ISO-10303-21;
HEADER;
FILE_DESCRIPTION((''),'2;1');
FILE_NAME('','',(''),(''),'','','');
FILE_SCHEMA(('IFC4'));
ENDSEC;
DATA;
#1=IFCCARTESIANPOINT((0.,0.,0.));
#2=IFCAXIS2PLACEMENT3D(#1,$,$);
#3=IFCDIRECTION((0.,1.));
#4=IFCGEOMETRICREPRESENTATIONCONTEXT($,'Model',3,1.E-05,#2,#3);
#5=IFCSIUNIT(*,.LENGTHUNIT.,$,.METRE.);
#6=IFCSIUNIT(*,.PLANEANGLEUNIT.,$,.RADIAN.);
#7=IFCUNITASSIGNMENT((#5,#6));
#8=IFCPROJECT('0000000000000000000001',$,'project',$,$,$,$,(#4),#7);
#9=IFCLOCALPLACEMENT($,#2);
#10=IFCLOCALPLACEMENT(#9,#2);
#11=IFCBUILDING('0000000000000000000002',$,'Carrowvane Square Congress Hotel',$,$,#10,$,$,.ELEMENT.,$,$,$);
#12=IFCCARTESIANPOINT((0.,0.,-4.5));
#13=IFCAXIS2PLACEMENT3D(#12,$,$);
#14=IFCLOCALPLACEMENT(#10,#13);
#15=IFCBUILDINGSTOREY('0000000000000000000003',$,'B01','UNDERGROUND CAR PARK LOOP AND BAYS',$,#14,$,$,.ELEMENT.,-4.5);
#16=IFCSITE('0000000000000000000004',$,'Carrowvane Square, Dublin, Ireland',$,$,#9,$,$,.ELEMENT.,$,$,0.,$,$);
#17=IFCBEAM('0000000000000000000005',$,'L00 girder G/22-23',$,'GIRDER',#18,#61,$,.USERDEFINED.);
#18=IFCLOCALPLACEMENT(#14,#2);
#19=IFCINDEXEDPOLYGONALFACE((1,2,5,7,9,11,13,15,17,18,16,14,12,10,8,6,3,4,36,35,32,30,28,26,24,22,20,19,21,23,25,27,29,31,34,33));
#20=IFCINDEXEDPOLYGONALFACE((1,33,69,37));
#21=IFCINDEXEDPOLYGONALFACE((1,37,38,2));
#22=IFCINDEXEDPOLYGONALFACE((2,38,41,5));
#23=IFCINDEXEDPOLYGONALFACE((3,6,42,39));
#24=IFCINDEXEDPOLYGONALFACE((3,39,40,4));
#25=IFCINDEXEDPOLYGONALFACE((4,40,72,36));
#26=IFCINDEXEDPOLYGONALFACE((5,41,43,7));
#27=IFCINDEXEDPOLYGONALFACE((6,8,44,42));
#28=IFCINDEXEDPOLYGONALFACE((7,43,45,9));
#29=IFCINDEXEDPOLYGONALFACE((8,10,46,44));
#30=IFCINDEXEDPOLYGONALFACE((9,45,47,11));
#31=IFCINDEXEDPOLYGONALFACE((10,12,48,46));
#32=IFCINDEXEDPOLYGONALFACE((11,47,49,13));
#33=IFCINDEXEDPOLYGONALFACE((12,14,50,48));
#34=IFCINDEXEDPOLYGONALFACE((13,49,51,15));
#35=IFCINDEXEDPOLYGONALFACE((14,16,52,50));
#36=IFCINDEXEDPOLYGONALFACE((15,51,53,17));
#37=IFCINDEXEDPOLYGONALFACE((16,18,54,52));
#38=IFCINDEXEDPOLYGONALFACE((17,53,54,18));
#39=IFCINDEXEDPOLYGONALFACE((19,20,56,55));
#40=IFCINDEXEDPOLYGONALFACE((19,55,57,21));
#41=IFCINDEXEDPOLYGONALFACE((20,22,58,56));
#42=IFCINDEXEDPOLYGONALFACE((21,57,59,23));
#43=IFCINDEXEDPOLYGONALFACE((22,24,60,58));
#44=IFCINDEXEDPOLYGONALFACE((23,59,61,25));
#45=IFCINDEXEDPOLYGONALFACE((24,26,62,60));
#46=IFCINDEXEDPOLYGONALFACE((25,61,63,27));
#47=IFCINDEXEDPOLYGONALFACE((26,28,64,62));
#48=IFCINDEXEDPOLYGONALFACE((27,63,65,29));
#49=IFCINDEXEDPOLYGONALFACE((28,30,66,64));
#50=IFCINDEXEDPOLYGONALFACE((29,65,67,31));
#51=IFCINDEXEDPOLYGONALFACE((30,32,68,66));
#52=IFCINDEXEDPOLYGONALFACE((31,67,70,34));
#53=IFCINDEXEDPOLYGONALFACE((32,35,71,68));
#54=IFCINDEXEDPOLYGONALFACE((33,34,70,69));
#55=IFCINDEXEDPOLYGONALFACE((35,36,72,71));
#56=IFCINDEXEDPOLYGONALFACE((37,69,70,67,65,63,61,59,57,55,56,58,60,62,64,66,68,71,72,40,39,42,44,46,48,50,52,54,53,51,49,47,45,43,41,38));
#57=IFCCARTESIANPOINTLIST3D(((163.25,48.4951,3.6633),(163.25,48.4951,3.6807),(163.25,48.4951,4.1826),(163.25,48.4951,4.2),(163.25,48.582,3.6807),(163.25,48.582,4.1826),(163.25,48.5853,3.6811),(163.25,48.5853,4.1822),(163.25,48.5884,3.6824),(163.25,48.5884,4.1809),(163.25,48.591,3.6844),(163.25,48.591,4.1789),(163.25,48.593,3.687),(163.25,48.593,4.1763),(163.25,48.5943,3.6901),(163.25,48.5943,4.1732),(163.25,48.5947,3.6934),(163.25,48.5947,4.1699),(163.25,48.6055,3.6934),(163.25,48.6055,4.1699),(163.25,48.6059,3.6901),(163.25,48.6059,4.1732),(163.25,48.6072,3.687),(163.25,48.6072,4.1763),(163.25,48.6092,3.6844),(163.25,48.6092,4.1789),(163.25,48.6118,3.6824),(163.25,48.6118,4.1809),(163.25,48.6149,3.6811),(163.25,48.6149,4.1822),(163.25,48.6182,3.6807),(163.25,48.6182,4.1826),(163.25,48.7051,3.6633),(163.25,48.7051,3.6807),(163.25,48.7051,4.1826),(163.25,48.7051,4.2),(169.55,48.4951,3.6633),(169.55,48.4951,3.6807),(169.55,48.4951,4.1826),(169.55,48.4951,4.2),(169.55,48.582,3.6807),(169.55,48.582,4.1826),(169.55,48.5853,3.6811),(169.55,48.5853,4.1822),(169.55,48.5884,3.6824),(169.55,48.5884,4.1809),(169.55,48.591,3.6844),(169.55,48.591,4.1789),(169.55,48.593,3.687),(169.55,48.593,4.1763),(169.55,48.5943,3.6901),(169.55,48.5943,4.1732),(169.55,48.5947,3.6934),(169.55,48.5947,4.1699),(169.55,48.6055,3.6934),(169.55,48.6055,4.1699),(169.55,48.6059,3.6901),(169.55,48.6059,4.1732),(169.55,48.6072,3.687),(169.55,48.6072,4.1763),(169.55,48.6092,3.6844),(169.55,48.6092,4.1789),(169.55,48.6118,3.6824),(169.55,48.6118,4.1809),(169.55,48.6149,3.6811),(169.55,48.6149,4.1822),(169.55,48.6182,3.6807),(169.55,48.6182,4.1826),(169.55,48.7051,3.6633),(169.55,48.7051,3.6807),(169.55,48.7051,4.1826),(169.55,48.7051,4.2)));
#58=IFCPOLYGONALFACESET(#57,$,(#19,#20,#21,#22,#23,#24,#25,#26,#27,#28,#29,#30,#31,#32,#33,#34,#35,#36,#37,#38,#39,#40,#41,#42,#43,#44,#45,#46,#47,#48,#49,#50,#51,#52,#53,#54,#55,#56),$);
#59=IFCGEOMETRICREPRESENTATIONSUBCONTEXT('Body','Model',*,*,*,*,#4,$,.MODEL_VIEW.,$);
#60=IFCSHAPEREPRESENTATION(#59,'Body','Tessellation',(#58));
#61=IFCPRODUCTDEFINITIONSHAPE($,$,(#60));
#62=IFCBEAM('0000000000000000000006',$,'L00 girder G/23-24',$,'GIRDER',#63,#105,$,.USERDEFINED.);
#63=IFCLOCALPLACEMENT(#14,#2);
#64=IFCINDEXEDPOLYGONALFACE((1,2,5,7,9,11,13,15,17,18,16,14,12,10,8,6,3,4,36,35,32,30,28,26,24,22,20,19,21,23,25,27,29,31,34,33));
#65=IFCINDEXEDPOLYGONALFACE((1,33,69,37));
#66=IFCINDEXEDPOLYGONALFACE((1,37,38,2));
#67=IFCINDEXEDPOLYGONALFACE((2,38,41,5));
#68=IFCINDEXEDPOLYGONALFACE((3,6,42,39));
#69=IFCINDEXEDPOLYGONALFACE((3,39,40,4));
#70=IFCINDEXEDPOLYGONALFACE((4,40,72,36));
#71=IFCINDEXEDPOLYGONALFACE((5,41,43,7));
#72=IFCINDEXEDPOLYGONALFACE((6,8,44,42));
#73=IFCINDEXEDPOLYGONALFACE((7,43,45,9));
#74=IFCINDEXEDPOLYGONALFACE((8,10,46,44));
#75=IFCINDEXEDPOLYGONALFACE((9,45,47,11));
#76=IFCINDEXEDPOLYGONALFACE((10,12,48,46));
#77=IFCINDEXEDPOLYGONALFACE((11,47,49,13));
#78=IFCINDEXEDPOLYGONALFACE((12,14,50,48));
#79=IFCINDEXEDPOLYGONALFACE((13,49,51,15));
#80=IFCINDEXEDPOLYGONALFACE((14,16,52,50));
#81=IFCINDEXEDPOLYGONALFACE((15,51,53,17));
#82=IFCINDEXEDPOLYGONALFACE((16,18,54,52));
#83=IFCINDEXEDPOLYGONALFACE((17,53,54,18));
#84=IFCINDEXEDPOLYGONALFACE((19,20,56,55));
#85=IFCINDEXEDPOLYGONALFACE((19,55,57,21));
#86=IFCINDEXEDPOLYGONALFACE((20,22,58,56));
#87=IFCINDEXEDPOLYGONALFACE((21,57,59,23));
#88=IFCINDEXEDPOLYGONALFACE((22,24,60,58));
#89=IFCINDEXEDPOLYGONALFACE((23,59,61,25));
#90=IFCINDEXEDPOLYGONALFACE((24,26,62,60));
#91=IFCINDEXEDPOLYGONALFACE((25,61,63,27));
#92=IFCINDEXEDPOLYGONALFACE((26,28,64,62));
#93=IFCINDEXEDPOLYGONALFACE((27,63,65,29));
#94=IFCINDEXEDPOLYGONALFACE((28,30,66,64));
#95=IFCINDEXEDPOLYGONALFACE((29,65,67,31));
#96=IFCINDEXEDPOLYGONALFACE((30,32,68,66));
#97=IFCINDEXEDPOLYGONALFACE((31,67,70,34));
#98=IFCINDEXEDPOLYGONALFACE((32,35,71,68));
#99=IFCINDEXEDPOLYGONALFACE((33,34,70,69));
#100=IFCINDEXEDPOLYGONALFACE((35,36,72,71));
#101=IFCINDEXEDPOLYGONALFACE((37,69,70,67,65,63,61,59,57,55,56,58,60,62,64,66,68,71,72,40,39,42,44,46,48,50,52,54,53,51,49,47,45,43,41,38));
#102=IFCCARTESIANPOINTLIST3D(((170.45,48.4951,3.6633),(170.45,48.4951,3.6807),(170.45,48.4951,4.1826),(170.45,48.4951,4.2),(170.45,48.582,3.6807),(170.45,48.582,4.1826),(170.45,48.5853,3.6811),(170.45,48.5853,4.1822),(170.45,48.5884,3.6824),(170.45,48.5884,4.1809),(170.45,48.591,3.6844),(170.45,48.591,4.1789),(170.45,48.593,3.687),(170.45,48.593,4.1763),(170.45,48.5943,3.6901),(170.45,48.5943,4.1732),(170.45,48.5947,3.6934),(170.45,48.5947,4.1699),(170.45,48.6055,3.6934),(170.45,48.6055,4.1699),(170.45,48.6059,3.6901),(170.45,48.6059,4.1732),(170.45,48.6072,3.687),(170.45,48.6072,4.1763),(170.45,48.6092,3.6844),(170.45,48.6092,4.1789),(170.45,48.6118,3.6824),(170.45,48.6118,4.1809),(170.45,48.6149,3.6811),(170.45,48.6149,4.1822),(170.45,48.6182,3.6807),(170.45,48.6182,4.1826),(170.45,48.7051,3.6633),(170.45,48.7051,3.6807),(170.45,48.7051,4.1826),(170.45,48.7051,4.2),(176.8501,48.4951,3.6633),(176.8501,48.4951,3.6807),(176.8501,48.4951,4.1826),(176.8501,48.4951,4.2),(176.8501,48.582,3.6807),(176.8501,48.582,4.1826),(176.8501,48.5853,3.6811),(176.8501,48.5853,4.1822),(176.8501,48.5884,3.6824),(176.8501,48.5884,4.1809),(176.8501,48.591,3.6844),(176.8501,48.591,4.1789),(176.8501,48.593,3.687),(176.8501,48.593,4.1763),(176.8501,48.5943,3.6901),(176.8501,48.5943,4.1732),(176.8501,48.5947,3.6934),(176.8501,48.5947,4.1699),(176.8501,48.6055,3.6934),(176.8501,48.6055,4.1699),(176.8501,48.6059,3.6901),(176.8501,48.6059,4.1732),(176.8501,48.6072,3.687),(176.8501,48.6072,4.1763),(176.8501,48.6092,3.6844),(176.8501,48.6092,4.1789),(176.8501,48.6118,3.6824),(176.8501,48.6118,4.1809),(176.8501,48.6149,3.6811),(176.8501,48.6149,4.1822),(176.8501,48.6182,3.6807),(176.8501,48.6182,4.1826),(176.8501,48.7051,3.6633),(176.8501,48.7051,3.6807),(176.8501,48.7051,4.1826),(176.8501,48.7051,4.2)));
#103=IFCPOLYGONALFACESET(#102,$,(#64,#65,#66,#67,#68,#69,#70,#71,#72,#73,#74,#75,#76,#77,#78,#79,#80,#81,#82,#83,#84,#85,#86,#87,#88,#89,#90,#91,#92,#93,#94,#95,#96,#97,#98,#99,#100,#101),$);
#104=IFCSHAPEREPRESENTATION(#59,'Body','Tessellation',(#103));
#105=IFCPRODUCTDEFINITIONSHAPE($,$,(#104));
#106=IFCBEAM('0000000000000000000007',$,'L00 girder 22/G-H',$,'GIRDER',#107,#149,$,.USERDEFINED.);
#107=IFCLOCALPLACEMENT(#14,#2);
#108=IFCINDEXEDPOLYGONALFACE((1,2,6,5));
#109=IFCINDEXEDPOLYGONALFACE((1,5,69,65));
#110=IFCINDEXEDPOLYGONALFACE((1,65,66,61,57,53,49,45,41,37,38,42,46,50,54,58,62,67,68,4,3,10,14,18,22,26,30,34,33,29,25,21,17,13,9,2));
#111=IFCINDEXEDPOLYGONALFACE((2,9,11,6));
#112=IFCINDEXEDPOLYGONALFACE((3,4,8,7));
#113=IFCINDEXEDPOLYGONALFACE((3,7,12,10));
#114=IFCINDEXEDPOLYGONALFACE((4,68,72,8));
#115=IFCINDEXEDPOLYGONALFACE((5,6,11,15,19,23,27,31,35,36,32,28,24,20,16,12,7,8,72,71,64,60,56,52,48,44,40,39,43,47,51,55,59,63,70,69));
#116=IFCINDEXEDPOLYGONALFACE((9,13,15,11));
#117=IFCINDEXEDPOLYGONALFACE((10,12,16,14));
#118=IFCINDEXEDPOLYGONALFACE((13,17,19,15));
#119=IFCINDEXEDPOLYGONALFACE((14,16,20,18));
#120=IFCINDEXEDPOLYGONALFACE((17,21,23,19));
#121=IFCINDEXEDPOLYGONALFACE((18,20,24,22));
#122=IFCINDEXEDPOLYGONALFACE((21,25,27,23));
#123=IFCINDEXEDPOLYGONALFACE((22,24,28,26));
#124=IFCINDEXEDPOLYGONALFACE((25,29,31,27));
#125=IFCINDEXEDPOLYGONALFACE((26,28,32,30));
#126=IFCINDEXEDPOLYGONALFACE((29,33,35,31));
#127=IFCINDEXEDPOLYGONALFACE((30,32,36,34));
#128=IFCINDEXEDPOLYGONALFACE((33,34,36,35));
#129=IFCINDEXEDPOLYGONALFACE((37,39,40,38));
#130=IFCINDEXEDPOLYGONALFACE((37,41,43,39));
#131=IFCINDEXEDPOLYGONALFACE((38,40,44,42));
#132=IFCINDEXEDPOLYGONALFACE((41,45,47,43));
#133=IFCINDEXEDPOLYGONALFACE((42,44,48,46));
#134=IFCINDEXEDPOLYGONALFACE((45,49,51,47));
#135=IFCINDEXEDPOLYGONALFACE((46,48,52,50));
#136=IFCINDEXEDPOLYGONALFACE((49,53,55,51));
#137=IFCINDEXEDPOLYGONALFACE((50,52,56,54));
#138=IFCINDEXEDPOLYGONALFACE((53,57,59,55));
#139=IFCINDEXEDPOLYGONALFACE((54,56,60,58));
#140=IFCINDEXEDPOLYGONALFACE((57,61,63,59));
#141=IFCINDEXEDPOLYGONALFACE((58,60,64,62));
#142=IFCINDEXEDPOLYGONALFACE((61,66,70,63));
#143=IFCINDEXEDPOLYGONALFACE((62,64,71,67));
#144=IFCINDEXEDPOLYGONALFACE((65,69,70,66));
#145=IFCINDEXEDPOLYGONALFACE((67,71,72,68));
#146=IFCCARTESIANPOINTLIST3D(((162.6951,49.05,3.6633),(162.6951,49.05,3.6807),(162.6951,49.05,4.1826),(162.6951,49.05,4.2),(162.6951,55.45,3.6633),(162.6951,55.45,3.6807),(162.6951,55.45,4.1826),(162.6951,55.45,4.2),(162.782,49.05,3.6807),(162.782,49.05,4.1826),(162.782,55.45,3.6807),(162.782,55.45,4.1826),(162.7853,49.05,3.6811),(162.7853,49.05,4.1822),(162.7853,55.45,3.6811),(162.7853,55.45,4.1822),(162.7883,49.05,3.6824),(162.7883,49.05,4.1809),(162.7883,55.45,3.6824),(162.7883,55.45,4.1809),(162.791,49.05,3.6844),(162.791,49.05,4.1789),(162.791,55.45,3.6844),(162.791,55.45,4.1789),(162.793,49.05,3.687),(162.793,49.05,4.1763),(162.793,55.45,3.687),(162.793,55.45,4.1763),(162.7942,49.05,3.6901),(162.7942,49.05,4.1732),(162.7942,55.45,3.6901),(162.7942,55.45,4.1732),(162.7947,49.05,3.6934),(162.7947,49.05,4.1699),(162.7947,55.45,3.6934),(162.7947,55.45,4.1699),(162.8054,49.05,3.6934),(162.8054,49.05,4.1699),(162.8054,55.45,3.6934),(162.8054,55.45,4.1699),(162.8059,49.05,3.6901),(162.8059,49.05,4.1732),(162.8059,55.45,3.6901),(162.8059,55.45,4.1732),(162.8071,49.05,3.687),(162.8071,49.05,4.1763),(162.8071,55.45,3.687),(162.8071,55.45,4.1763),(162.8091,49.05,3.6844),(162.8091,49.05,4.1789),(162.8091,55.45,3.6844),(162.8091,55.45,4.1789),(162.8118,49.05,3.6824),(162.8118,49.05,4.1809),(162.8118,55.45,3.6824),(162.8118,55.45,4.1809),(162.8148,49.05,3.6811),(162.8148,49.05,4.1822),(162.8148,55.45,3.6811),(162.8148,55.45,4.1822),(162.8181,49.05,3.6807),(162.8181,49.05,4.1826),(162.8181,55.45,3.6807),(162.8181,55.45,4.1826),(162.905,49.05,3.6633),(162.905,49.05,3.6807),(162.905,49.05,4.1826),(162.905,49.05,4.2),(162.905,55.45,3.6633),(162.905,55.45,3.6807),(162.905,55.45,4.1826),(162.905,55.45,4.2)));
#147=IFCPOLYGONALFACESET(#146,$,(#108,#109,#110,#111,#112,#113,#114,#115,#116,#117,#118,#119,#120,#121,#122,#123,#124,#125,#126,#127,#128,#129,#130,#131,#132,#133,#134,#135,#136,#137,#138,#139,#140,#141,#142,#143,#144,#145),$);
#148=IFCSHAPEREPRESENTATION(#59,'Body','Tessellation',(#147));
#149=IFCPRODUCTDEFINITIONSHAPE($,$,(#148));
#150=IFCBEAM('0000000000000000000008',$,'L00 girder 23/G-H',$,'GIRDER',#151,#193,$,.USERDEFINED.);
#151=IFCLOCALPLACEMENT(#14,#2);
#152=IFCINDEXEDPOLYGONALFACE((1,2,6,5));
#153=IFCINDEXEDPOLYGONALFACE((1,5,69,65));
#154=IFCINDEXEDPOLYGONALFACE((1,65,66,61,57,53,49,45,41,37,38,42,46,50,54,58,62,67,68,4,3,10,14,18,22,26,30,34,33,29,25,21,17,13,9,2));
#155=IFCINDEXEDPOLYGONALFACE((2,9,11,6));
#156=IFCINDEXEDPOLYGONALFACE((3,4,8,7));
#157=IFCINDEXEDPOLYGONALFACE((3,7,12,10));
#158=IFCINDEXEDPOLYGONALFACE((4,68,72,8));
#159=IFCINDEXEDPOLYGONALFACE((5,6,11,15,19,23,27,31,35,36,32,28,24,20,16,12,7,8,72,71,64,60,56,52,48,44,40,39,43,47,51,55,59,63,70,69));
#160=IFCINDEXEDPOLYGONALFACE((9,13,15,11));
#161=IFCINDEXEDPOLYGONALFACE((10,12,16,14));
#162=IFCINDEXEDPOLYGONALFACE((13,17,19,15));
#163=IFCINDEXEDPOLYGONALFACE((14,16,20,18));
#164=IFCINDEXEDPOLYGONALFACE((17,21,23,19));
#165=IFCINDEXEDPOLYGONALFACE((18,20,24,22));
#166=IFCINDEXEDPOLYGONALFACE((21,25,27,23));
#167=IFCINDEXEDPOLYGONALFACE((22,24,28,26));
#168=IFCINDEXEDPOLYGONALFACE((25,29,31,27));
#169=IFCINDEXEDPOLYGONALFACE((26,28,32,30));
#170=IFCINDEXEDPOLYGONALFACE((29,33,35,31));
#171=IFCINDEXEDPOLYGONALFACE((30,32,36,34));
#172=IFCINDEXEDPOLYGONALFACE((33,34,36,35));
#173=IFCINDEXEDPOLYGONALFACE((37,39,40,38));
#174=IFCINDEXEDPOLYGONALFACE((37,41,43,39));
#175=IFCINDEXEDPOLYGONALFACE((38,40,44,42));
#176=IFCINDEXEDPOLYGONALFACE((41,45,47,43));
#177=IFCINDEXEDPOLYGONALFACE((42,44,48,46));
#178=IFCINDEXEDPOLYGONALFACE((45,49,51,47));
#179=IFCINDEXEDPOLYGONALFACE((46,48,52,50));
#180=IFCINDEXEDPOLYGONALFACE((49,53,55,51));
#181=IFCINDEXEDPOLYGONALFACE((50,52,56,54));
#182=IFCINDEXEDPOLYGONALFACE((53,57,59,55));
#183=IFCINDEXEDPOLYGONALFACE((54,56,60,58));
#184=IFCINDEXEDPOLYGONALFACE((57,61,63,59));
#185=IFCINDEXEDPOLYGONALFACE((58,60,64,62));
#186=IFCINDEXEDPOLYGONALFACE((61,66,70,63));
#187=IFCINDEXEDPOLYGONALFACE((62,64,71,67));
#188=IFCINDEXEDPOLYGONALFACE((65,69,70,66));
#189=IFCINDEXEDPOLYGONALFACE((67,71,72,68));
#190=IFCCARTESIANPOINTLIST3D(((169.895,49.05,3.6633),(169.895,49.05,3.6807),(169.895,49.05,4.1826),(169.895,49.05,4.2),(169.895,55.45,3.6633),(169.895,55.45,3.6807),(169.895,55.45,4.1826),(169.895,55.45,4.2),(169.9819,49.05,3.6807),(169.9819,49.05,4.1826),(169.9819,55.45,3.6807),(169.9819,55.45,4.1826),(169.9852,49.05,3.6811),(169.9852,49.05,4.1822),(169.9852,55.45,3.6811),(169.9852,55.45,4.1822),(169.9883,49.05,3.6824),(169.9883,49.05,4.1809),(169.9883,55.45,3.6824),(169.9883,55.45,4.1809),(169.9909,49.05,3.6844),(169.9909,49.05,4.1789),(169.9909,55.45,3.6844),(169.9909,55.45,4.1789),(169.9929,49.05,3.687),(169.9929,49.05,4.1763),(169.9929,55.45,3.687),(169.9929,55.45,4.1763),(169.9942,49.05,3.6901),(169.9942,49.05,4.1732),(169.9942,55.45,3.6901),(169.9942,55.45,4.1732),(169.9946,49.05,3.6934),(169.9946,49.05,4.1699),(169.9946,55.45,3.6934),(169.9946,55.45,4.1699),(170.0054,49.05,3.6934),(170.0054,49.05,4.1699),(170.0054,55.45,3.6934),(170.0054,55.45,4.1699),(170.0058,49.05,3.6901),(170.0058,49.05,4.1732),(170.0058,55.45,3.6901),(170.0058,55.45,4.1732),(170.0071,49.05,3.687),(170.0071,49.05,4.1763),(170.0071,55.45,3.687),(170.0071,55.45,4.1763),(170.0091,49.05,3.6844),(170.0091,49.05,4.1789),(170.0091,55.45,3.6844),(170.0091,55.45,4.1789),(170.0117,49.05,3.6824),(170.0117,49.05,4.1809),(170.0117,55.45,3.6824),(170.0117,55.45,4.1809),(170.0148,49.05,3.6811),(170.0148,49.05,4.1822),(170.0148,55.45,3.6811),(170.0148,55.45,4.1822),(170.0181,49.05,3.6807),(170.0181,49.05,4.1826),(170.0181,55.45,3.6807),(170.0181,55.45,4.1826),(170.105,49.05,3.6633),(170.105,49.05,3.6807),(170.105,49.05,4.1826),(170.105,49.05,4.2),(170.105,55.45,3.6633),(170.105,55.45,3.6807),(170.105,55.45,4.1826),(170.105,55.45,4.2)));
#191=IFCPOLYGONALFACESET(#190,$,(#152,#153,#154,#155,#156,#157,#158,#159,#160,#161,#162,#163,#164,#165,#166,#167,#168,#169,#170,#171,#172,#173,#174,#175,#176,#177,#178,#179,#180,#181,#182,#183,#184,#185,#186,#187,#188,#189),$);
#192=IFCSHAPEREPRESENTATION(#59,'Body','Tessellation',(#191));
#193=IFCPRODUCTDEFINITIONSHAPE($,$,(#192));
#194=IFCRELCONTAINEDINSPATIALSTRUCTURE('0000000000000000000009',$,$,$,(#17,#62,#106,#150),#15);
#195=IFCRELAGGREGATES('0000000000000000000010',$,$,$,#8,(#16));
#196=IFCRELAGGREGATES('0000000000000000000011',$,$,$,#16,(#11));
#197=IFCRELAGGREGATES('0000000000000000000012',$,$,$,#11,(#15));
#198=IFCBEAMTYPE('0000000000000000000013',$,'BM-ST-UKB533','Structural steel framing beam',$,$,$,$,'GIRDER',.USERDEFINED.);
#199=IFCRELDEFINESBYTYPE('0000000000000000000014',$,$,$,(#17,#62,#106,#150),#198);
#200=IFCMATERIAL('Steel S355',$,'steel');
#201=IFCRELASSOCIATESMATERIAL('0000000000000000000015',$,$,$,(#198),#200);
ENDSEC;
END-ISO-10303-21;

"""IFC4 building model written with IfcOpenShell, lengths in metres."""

from ifc_helpers import new_model, si_unit, direction, frame, origin, origin_2d, place, context, subcontext, project, spatial, i_section, extrude, material, material_profile, profile_set, type_object, element, save


model = new_model("IFC4")

# Units and contexts
model_context = context("Model", 3, precision=1e-05, world=origin(), true_north=direction((0.0, 1.0)))
body_context = subcontext(model_context, "Body", "Model", "MODEL_VIEW")
ifc_project = project(units=[si_unit("LENGTHUNIT", "METRE"), si_unit("PLANEANGLEUNIT", "RADIAN")], contexts=[model_context])

# Site, building, storey
site_placement = place(None, origin())
site = spatial("IfcSite", under=ifc_project, at=site_placement, Name="Carrowvane Square, Dublin, Ireland", CompositionType="ELEMENT", RefElevation=0.0)
building_placement = place(site_placement, origin())
building = spatial("IfcBuilding", under=site, at=building_placement, Name="Carrowvane Square Congress Hotel", CompositionType="ELEMENT")
storey_placement = place(building_placement, frame((0.0, 0.0, -4.5)))
storey = spatial("IfcBuildingStorey", under=building, at=storey_placement, Name="B01", Description="UNDERGROUND CAR PARK LOOP AND BAYS", CompositionType="ELEMENT", Elevation=-4.5)

# Beams
ifc_material_1 = material(Name="Steel S355", Category="steel")
ifc_material_profile_1 = material_profile(ifc_material_1, i_section(OverallWidth=0.21, OverallDepth=0.5366, WebThickness=0.0107, FlangeThickness=0.0173, FilletRadius=0.0127, at=origin_2d()), Name="UKB 533x210x101")
ifc_profile_set_1 = profile_set([ifc_material_profile_1], Name="Steel S355")
beam_type_1 = type_object("IfcBeamType", Name="BM-ST-UKB533", Description="Structural steel framing beam", ElementType="GIRDER", PredefinedType="USERDEFINED", material=ifc_profile_set_1)
beam_1_placement = place(storey_placement, frame((163.25, 48.6001, 3.9316), z_axis=(1.0, 0.0, 0.0), x_axis=(0.0, 1.0, 0.0)))
element("IfcBeam", 1, at=beam_1_placement, inside=storey, type_object=beam_type_1, Name="L00 girder G/22-23", ObjectType="GIRDER", PredefinedType="USERDEFINED", context=body_context, shape_type="SweptSolid", body=[
    extrude(i_section(OverallWidth=0.21, OverallDepth=0.5366, WebThickness=0.0107, FlangeThickness=0.0173, FilletRadius=0.0127, at=origin_2d()), origin(), (0.0, 0.0, 1.0), 6.3),
])
beam_2_placement = place(storey_placement, frame((170.45, 48.6001, 3.9316), z_axis=(1.0, 0.0, 0.0), x_axis=(0.0, 1.0, 0.0)))
element("IfcBeam", 2, at=beam_2_placement, inside=storey, type_object=beam_type_1, Name="L00 girder G/23-24", ObjectType="GIRDER", PredefinedType="USERDEFINED", context=body_context, shape_type="SweptSolid", body=[
    extrude(i_section(OverallWidth=0.21, OverallDepth=0.5366, WebThickness=0.0107, FlangeThickness=0.0173, FilletRadius=0.0127, at=origin_2d()), origin(), (0.0, 0.0, 1.0), 6.4001),
])
for number, where, z_axis, x_axis, name in (
    (3, (162.8, 49.05, 3.9316), (0.0, 1.0, 0.0), (-1.0, 0.0, 0.0), "L00 girder 22/G-H"),
    (4, (170.0, 49.05, 3.9316), (0.0, 1.0, 0.0), (-1.0, 0.0, 0.0), "L00 girder 23/G-H"),
):
    element("IfcBeam", number, at=place(storey_placement, frame(where, z_axis=z_axis, x_axis=x_axis)), inside=storey, type_object=beam_type_1, Name=name, ObjectType="GIRDER", PredefinedType="USERDEFINED", context=body_context, shape_type="SweptSolid", body=[
        extrude(i_section(OverallWidth=0.21, OverallDepth=0.5366, WebThickness=0.0107, FlangeThickness=0.0173, FilletRadius=0.0127, at=origin_2d()), origin(), (0.0, 0.0, 1.0), 6.3999),
    ])

save(model, "model.ifc")
